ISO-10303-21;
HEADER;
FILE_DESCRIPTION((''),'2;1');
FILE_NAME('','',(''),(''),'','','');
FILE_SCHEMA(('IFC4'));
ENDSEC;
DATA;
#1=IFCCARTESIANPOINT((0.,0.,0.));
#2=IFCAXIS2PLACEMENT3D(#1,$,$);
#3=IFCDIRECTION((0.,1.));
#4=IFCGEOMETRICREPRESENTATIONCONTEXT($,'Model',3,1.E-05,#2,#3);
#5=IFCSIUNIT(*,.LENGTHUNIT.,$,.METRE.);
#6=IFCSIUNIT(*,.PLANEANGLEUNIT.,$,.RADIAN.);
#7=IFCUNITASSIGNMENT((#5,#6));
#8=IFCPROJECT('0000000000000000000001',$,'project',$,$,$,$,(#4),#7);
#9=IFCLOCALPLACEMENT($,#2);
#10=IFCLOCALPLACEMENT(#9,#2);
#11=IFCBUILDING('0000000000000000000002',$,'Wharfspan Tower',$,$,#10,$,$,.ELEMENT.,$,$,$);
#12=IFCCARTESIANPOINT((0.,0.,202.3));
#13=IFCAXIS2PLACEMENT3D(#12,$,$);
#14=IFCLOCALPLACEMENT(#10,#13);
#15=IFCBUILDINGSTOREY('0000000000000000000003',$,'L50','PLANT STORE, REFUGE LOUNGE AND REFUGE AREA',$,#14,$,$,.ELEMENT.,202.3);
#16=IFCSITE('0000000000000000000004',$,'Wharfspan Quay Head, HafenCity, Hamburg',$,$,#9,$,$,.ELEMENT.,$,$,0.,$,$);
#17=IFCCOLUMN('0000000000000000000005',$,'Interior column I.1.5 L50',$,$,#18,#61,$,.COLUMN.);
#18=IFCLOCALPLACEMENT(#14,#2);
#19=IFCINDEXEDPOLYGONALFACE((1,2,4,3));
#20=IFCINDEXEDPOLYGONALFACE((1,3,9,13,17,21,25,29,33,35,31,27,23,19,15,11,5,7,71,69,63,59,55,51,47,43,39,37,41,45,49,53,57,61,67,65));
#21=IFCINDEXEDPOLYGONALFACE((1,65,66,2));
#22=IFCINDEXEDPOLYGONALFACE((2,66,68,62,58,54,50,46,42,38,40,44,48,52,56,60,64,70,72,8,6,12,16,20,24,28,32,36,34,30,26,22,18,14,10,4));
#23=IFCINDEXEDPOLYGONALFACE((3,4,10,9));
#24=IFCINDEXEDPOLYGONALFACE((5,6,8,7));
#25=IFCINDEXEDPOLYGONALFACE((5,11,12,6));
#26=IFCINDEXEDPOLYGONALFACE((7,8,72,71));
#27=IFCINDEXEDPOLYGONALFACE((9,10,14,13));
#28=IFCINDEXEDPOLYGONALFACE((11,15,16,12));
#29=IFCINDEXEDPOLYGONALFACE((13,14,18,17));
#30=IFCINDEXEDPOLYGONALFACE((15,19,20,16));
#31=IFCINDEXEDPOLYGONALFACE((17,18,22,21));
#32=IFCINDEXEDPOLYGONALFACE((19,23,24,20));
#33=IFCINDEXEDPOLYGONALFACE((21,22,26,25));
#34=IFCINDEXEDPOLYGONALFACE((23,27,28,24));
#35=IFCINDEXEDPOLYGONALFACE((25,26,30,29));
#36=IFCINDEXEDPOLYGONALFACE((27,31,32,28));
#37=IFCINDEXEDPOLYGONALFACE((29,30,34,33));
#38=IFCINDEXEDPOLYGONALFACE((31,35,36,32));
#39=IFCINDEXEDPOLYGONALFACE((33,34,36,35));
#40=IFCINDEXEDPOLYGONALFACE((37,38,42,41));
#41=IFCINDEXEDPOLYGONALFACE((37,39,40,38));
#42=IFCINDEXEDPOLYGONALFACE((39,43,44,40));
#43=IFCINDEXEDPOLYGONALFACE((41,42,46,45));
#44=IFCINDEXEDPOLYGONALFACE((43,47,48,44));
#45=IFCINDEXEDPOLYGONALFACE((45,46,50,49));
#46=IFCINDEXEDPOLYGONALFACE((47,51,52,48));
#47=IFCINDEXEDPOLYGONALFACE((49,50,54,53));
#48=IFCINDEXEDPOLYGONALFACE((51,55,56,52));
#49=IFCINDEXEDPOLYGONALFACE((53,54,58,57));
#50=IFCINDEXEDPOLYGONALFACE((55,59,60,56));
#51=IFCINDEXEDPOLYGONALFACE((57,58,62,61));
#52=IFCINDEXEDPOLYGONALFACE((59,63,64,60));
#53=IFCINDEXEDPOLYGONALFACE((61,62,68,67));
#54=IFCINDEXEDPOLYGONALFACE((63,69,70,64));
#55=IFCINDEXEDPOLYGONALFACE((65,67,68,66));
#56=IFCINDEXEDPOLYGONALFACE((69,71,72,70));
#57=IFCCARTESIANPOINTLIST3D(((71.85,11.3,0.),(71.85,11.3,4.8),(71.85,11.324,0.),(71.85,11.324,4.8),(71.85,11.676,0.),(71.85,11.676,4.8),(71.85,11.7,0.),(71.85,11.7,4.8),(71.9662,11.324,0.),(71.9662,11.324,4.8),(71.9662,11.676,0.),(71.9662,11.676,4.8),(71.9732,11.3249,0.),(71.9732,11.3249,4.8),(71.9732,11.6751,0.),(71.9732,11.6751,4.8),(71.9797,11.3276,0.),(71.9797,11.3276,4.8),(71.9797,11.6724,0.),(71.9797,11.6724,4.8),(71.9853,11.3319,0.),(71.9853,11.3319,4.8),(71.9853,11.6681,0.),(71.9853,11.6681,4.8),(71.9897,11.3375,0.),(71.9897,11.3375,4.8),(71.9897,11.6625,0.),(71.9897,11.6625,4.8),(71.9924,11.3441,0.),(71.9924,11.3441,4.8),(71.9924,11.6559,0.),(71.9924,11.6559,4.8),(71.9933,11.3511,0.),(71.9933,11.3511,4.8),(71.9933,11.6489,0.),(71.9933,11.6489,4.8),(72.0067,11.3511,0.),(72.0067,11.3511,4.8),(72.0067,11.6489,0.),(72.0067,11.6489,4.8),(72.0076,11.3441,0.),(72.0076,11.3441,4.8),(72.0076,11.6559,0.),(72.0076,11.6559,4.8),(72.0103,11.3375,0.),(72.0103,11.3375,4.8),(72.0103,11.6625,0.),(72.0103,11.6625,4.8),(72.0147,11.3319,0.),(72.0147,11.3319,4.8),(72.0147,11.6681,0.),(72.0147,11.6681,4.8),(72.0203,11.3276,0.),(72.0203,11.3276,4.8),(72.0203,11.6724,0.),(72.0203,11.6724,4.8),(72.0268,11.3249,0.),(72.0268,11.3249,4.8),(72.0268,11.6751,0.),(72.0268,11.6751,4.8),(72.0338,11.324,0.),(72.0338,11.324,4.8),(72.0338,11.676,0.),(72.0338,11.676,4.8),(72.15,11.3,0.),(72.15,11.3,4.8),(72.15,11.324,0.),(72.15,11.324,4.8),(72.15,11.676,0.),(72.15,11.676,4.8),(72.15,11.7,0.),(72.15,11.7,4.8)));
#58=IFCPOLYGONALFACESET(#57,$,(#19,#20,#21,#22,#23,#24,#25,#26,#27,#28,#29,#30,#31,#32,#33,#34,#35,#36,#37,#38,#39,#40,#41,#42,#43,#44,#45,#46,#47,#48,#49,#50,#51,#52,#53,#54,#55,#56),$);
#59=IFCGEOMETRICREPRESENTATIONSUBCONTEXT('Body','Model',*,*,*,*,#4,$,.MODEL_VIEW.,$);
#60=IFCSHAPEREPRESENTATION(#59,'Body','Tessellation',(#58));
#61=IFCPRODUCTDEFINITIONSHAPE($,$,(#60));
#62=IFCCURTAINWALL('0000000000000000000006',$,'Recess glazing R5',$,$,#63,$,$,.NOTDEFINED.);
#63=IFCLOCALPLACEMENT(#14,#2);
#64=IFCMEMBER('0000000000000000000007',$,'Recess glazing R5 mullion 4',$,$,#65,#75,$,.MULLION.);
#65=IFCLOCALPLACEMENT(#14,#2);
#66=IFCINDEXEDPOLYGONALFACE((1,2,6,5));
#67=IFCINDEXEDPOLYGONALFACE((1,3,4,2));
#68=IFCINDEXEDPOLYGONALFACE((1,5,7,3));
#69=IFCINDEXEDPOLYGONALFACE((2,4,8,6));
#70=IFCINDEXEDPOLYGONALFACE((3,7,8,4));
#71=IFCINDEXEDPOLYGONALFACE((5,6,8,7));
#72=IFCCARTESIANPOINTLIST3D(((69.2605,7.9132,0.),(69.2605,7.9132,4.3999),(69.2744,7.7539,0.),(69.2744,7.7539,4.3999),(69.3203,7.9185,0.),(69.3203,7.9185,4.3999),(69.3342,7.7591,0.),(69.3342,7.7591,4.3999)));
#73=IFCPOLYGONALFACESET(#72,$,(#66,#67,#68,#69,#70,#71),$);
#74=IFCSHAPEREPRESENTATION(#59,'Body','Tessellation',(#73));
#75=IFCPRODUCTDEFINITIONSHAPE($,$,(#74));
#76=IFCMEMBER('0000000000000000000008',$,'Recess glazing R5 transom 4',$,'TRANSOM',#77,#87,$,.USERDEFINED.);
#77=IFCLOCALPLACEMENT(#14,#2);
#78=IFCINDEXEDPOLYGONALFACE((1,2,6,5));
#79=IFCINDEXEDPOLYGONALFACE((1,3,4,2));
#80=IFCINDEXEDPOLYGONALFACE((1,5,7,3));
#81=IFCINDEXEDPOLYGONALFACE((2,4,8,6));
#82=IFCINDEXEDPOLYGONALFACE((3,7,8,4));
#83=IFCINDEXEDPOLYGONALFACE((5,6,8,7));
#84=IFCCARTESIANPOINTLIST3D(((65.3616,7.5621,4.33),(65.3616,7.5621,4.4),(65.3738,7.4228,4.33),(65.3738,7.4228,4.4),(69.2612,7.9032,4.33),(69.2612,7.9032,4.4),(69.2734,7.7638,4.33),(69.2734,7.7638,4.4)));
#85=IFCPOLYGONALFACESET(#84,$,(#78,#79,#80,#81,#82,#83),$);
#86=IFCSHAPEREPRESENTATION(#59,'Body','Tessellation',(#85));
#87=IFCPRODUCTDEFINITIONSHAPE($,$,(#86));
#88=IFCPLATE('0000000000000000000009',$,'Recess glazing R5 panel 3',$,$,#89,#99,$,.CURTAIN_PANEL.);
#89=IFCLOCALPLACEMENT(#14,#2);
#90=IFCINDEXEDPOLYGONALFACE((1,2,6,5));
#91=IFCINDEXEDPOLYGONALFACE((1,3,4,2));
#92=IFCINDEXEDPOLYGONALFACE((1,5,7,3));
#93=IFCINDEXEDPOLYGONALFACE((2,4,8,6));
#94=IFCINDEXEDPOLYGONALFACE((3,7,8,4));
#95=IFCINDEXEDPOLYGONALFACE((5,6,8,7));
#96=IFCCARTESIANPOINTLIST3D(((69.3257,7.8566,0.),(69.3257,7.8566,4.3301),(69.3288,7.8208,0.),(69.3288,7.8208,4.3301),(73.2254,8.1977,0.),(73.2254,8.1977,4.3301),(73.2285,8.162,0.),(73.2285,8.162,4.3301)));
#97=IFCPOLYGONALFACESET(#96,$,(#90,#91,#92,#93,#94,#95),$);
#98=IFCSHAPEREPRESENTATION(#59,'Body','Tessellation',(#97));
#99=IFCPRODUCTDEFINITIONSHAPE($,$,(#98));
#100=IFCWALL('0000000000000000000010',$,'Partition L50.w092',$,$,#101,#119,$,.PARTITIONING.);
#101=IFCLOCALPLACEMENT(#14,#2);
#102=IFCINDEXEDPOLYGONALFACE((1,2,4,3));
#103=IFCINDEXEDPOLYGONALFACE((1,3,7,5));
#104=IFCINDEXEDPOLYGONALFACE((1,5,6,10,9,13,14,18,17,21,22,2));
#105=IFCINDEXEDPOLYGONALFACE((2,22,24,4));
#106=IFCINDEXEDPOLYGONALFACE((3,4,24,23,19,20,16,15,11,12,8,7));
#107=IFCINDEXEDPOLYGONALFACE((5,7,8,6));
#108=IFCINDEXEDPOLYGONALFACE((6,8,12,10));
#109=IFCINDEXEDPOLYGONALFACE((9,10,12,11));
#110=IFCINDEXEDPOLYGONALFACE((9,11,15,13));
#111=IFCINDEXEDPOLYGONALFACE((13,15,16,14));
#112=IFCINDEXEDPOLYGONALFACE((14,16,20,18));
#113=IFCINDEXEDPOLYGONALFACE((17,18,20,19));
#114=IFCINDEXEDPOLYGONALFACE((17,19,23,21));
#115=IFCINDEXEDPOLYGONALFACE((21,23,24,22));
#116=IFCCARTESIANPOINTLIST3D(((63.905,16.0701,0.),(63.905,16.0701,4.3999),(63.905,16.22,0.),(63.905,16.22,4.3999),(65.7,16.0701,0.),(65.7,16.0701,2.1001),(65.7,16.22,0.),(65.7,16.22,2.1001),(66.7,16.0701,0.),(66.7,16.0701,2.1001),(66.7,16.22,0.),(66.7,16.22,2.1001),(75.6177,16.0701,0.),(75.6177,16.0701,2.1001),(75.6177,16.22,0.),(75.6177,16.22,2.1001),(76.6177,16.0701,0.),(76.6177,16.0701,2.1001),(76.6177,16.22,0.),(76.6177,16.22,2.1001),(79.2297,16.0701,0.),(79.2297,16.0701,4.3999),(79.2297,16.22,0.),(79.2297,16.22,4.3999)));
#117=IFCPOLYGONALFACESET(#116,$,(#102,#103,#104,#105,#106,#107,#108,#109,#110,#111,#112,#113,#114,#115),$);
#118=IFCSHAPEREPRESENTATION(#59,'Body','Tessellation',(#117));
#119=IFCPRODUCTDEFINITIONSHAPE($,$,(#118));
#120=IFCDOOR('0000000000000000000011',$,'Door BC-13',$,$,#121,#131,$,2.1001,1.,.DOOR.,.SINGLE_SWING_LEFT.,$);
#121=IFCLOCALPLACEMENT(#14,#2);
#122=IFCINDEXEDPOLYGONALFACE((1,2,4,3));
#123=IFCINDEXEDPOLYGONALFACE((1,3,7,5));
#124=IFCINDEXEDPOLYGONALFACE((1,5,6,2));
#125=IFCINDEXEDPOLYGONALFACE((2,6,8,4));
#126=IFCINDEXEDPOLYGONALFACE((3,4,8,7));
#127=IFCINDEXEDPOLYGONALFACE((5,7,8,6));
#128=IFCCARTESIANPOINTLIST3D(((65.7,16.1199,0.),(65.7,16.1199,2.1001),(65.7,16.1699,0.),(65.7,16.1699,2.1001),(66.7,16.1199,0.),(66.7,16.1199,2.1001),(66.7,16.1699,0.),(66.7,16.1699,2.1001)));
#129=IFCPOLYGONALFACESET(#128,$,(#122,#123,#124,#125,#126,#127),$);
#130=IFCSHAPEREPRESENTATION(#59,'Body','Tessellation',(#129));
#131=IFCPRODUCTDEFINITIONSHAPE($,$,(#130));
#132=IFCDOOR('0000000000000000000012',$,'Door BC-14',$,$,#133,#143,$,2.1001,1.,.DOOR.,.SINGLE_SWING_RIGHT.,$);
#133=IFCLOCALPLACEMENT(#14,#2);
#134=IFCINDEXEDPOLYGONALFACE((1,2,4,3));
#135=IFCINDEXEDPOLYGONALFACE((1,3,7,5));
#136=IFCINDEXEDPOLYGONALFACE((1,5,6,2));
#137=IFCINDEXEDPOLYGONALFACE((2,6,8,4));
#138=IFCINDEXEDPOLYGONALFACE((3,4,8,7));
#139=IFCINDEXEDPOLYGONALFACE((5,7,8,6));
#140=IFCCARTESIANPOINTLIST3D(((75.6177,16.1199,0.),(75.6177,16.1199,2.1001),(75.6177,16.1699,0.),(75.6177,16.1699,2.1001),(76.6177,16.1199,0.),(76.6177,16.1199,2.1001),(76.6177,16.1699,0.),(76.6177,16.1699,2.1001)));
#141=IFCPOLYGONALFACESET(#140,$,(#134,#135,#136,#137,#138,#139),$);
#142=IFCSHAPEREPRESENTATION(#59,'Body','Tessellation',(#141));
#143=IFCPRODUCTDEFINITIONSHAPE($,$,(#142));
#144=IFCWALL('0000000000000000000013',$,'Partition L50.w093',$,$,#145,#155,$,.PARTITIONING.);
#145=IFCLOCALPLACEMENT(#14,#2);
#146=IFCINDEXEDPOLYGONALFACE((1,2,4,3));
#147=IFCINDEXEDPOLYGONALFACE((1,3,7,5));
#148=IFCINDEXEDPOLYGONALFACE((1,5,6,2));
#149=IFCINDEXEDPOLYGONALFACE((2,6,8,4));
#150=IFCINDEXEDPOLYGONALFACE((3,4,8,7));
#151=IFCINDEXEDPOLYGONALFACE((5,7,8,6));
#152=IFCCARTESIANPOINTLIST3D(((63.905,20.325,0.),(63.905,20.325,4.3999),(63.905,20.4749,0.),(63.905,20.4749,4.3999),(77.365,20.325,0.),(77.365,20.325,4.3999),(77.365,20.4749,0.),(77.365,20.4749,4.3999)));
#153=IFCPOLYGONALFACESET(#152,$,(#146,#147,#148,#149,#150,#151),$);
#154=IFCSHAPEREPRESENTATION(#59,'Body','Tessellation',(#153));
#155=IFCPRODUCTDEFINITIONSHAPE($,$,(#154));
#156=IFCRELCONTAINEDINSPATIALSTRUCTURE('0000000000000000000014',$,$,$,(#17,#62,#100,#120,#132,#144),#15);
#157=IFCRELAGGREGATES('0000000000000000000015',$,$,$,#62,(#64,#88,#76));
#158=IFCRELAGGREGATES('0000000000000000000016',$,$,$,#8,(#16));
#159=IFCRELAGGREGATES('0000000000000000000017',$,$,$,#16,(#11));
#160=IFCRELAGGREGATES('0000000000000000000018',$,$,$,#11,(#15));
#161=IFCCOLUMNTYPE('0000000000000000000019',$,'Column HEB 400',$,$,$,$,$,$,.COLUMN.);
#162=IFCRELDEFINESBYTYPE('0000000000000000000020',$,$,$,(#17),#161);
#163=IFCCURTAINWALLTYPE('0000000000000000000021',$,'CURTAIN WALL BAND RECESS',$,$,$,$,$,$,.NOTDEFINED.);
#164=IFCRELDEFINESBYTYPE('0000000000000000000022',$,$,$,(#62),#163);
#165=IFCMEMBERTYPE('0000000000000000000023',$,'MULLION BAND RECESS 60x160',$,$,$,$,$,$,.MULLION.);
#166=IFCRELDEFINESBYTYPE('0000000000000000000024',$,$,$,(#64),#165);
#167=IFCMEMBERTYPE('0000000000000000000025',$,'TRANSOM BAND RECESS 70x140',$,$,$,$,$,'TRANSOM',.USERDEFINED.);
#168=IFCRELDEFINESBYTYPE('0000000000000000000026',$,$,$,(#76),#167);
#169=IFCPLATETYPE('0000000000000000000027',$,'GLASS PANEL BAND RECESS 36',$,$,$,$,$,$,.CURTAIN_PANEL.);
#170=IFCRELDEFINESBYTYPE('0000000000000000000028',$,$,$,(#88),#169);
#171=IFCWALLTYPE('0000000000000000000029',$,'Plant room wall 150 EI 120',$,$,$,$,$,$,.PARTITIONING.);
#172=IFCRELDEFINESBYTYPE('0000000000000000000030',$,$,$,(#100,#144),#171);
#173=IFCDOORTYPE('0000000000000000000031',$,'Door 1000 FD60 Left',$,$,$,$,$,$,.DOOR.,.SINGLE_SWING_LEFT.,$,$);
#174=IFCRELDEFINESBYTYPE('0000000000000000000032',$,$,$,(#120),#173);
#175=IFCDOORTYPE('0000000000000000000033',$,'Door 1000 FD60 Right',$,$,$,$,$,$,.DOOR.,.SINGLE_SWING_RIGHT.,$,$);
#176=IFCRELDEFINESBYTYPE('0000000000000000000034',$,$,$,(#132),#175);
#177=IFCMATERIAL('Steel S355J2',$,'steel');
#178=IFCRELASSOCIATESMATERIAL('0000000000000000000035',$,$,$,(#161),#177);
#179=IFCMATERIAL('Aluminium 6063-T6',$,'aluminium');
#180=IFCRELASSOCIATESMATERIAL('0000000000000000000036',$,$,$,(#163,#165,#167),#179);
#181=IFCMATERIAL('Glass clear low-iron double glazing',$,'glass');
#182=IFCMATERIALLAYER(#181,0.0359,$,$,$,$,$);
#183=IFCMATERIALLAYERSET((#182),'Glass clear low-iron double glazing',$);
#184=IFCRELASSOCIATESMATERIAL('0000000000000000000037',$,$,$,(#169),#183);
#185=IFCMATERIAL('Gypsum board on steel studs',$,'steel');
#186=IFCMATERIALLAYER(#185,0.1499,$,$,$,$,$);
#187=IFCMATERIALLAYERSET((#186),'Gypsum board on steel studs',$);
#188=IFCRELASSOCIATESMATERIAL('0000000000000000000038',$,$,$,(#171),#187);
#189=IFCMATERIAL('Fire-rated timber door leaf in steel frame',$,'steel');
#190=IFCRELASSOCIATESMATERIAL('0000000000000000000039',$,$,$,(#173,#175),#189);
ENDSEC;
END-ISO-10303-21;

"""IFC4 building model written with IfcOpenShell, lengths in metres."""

from ifc_helpers import new_model, si_unit, direction, frame, frame_2d, origin, origin_2d, place, context, subcontext, project, spatial, rectangle, i_section, extrude, material, layer, layer_set, material_profile, profile_set, type_object, element, fill, aggregate, save


model = new_model("IFC4")

# Units and contexts
model_context = context("Model", 3, precision=1e-05, world=origin(), true_north=direction((0.0, 1.0)))
body_context = subcontext(model_context, "Body", "Model", "MODEL_VIEW")
ifc_project = project(units=[si_unit("LENGTHUNIT", "METRE"), si_unit("PLANEANGLEUNIT", "RADIAN")], contexts=[model_context])

# Site, building, storey
site_placement = place(None, origin())
site = spatial("IfcSite", under=ifc_project, at=site_placement, Name="Wharfspan Quay Head, HafenCity, Hamburg", CompositionType="ELEMENT", RefElevation=0.0)
building_placement = place(site_placement, origin())
building = spatial("IfcBuilding", under=site, at=building_placement, Name="Wharfspan Tower", CompositionType="ELEMENT")
storey_placement = place(building_placement, frame((0.0, 0.0, 202.3)))
storey = spatial("IfcBuildingStorey", under=building, at=storey_placement, Name="L50", Description="PLANT STORE, REFUGE LOUNGE AND REFUGE AREA", CompositionType="ELEMENT", Elevation=202.3)

# Column
ifc_material_1 = material(Name="Steel S355J2", Category="steel")
ifc_material_profile_1 = material_profile(ifc_material_1, i_section(OverallWidth=0.3, OverallDepth=0.3999, WebThickness=0.0134, FlangeThickness=0.0239, FilletRadius=0.0271, at=origin_2d()))
ifc_profile_set_1 = profile_set([ifc_material_profile_1], Name="Steel S355J2")
column_type = type_object("IfcColumnType", Name="Column HEB 400", PredefinedType="COLUMN", material=ifc_profile_set_1)
column_placement = place(storey_placement, frame((72.0, 11.5, 0.0), z_axis=(0.0, 0.0, 1.0), x_axis=(1.0, 0.0, 0.0)))
element("IfcColumn", 1, at=column_placement, inside=storey, type_object=column_type, Name="Interior column I.1.5 L50", PredefinedType="COLUMN", context=body_context, shape_type="SweptSolid", body=[
    extrude(i_section(OverallWidth=0.3, OverallDepth=0.3999, WebThickness=0.0134, FlangeThickness=0.0239, FilletRadius=0.0271, at=origin_2d()), origin(), (0.0, 0.0, 1.0), 4.8),
])

# Curtain wall, members, plate
ifc_material_2 = material(Name="Aluminium 6063-T6", Category="aluminium")
curtain_wall_type = type_object("IfcCurtainWallType", Name="CURTAIN WALL BAND RECESS", PredefinedType="NOTDEFINED", material=ifc_material_2)
curtain_wall_placement = place(storey_placement, origin())
curtain_wall = element("IfcCurtainWall", 2, at=curtain_wall_placement, inside=storey, type_object=curtain_wall_type, Name="Recess glazing R5", PredefinedType="NOTDEFINED")
ifc_material_profile_2 = material_profile(ifc_material_2, rectangle(XDim=0.1599, YDim=0.0601, at=origin_2d()))
ifc_profile_set_2 = profile_set([ifc_material_profile_2], Name="Aluminium 6063-T6")
member_type_1 = type_object("IfcMemberType", Name="MULLION BAND RECESS 60x160", PredefinedType="MULLION", material=ifc_profile_set_2)
member_1_placement = place(storey_placement, frame((69.2974, 7.8362, 0.0), z_axis=(0.0, 0.0, 1.0), x_axis=(0.087156, -0.996198, 0.0)))
member_1 = element("IfcMember", 3, at=member_1_placement, type_object=member_type_1, Name="Recess glazing R5 mullion 4", PredefinedType="MULLION", context=body_context, shape_type="SweptSolid", body=[
    extrude(rectangle(XDim=0.1599, YDim=0.0601, at=origin_2d()), origin(), (0.0, 0.0, 1.0), 4.3999),
])
ifc_material_profile_3 = material_profile(ifc_material_2, rectangle(XDim=0.1399, YDim=0.0701, at=origin_2d()))
ifc_profile_set_3 = profile_set([ifc_material_profile_3], Name="Aluminium 6063-T6")
member_type_2 = type_object("IfcMemberType", Name="TRANSOM BAND RECESS 70x140", ElementType="TRANSOM", PredefinedType="USERDEFINED", material=ifc_profile_set_3)
member_2_placement = place(storey_placement, frame((69.2673, 7.8335, 4.365), z_axis=(-0.996197, -0.087127, 0.0), x_axis=(0.087127, -0.996197, 0.0)))
member_2 = element("IfcMember", 4, at=member_2_placement, type_object=member_type_2, Name="Recess glazing R5 transom 4", ObjectType="TRANSOM", PredefinedType="USERDEFINED", context=body_context, shape_type="SweptSolid", body=[
    extrude(rectangle(XDim=0.1399, YDim=0.0701, at=origin_2d()), origin(), (0.0, 0.0, 1.0), 3.9146),
])
ifc_material_3 = material(Name="Glass clear low-iron double glazing", Category="glass")
ifc_layer_1 = layer(ifc_material_3, 0.0359)
ifc_layer_set_1 = layer_set([ifc_layer_1], Name="Glass clear low-iron double glazing")
plate_type = type_object("IfcPlateType", Name="GLASS PANEL BAND RECESS 36", PredefinedType="CURTAIN_PANEL", material=ifc_layer_set_1)
plate_placement = place(storey_placement, frame((71.2771, 8.0093, 0.0), z_axis=(0.0, 0.0, 1.0), x_axis=(-0.996198, -0.087156, 0.0)))
plate = element("IfcPlate", 5, at=plate_placement, type_object=plate_type, Name="Recess glazing R5 panel 3", PredefinedType="CURTAIN_PANEL", context=body_context, shape_type="SweptSolid", body=[
    extrude(rectangle(XDim=3.9146, YDim=0.0359, at=origin_2d()), origin(), (0.0, 0.0, 1.0), 4.3301),
])
aggregate(curtain_wall, [member_1, plate, member_2])

# Wall, openings, doors
ifc_material_4 = material(Name="Gypsum board on steel studs", Category="steel")
ifc_layer_2 = layer(ifc_material_4, 0.1499)
ifc_layer_set_2 = layer_set([ifc_layer_2], Name="Gypsum board on steel studs")
wall_type_1 = type_object("IfcWallType", Name="Plant room wall 150 EI 120", PredefinedType="PARTITIONING", material=ifc_layer_set_2)
wall_1_placement = place(storey_placement, frame((63.905, 16.145, 0.0), z_axis=(0.0, 0.0, 1.0), x_axis=(1.0, 0.0, 0.0)))
wall_1 = element("IfcWall", 6, at=wall_1_placement, inside=storey, type_object=wall_type_1, Name="Partition L50.w092", PredefinedType="PARTITIONING", context=body_context, shape_type="SweptSolid", body=[
    extrude(rectangle(XDim=15.3247, YDim=0.1499, at=frame_2d((7.6624, 0.0))), origin(), (0.0, 0.0, 1.0), 4.3999),
])
opening_1_placement = place(wall_1_placement, frame((1.7949, 0.0, 0.0)))
opening_1 = element("IfcOpeningElement", 7, at=opening_1_placement, cuts=wall_1, PredefinedType="OPENING", context=body_context, shape_type="SweptSolid", body=[
    extrude(rectangle(XDim=1.0, YDim=2.1001, at=frame_2d((0.5, 1.05))), frame((0.0, 0.085, 0.0), z_axis=(0.0, -1.0, 0.0), x_axis=(1.0, 0.0, 0.0)), (0.0, 0.0, 1.0), 0.1699),
])
opening_2_placement = place(wall_1_placement, frame((11.7126, 0.0, 0.0)))
opening_2 = element("IfcOpeningElement", 8, at=opening_2_placement, cuts=wall_1, PredefinedType="OPENING", context=body_context, shape_type="SweptSolid", body=[
    extrude(rectangle(XDim=1.0, YDim=2.1001, at=frame_2d((0.5, 1.05))), frame((0.0, 0.085, 0.0), z_axis=(0.0, -1.0, 0.0), x_axis=(1.0, 0.0, 0.0)), (0.0, 0.0, 1.0), 0.1699),
])
ifc_material_5 = material(Name="Fire-rated timber door leaf in steel frame", Category="steel")
door_type_1 = type_object("IfcDoorType", Name="Door 1000 FD60 Left", OperationType="SINGLE_SWING_LEFT", PredefinedType="DOOR", material=ifc_material_5)
door_1_placement = place(opening_1_placement, origin())
door_1 = element("IfcDoor", 9, at=door_1_placement, inside=storey, type_object=door_type_1, Name="Door BC-13", OperationType="SINGLE_SWING_LEFT", OverallHeight=2.1001, OverallWidth=1.0, PredefinedType="DOOR", context=body_context, shape_type="SweptSolid", body=[
    extrude(rectangle(XDim=1.0, YDim=2.1001, at=frame_2d((0.5, 1.05))), frame((0.0, 0.0249, 0.0), z_axis=(0.0, -1.0, 0.0), x_axis=(1.0, 0.0, 0.0)), (0.0, 0.0, 1.0), 0.05),
])
fill(opening_1, door_1)
door_type_2 = type_object("IfcDoorType", Name="Door 1000 FD60 Right", OperationType="SINGLE_SWING_RIGHT", PredefinedType="DOOR", material=ifc_material_5)
door_2_placement = place(opening_2_placement, origin())
door_2 = element("IfcDoor", 10, at=door_2_placement, inside=storey, type_object=door_type_2, Name="Door BC-14", OperationType="SINGLE_SWING_RIGHT", OverallHeight=2.1001, OverallWidth=1.0, PredefinedType="DOOR", context=body_context, shape_type="SweptSolid", body=[
    extrude(rectangle(XDim=1.0, YDim=2.1001, at=frame_2d((0.5, 1.05))), frame((0.0, 0.0249, 0.0), z_axis=(0.0, -1.0, 0.0), x_axis=(1.0, 0.0, 0.0)), (0.0, 0.0, 1.0), 0.05),
])
fill(opening_2, door_2)

# Wall
wall_2_placement = place(storey_placement, frame((63.905, 20.3999, 0.0), z_axis=(0.0, 0.0, 1.0), x_axis=(1.0, 0.0, 0.0)))
element("IfcWall", 11, at=wall_2_placement, inside=storey, type_object=wall_type_1, Name="Partition L50.w093", PredefinedType="PARTITIONING", context=body_context, shape_type="SweptSolid", body=[
    extrude(rectangle(XDim=13.46, YDim=0.1499, at=frame_2d((6.73, 0.0))), origin(), (0.0, 0.0, 1.0), 4.3999),
])

save(model, "model.ifc")
